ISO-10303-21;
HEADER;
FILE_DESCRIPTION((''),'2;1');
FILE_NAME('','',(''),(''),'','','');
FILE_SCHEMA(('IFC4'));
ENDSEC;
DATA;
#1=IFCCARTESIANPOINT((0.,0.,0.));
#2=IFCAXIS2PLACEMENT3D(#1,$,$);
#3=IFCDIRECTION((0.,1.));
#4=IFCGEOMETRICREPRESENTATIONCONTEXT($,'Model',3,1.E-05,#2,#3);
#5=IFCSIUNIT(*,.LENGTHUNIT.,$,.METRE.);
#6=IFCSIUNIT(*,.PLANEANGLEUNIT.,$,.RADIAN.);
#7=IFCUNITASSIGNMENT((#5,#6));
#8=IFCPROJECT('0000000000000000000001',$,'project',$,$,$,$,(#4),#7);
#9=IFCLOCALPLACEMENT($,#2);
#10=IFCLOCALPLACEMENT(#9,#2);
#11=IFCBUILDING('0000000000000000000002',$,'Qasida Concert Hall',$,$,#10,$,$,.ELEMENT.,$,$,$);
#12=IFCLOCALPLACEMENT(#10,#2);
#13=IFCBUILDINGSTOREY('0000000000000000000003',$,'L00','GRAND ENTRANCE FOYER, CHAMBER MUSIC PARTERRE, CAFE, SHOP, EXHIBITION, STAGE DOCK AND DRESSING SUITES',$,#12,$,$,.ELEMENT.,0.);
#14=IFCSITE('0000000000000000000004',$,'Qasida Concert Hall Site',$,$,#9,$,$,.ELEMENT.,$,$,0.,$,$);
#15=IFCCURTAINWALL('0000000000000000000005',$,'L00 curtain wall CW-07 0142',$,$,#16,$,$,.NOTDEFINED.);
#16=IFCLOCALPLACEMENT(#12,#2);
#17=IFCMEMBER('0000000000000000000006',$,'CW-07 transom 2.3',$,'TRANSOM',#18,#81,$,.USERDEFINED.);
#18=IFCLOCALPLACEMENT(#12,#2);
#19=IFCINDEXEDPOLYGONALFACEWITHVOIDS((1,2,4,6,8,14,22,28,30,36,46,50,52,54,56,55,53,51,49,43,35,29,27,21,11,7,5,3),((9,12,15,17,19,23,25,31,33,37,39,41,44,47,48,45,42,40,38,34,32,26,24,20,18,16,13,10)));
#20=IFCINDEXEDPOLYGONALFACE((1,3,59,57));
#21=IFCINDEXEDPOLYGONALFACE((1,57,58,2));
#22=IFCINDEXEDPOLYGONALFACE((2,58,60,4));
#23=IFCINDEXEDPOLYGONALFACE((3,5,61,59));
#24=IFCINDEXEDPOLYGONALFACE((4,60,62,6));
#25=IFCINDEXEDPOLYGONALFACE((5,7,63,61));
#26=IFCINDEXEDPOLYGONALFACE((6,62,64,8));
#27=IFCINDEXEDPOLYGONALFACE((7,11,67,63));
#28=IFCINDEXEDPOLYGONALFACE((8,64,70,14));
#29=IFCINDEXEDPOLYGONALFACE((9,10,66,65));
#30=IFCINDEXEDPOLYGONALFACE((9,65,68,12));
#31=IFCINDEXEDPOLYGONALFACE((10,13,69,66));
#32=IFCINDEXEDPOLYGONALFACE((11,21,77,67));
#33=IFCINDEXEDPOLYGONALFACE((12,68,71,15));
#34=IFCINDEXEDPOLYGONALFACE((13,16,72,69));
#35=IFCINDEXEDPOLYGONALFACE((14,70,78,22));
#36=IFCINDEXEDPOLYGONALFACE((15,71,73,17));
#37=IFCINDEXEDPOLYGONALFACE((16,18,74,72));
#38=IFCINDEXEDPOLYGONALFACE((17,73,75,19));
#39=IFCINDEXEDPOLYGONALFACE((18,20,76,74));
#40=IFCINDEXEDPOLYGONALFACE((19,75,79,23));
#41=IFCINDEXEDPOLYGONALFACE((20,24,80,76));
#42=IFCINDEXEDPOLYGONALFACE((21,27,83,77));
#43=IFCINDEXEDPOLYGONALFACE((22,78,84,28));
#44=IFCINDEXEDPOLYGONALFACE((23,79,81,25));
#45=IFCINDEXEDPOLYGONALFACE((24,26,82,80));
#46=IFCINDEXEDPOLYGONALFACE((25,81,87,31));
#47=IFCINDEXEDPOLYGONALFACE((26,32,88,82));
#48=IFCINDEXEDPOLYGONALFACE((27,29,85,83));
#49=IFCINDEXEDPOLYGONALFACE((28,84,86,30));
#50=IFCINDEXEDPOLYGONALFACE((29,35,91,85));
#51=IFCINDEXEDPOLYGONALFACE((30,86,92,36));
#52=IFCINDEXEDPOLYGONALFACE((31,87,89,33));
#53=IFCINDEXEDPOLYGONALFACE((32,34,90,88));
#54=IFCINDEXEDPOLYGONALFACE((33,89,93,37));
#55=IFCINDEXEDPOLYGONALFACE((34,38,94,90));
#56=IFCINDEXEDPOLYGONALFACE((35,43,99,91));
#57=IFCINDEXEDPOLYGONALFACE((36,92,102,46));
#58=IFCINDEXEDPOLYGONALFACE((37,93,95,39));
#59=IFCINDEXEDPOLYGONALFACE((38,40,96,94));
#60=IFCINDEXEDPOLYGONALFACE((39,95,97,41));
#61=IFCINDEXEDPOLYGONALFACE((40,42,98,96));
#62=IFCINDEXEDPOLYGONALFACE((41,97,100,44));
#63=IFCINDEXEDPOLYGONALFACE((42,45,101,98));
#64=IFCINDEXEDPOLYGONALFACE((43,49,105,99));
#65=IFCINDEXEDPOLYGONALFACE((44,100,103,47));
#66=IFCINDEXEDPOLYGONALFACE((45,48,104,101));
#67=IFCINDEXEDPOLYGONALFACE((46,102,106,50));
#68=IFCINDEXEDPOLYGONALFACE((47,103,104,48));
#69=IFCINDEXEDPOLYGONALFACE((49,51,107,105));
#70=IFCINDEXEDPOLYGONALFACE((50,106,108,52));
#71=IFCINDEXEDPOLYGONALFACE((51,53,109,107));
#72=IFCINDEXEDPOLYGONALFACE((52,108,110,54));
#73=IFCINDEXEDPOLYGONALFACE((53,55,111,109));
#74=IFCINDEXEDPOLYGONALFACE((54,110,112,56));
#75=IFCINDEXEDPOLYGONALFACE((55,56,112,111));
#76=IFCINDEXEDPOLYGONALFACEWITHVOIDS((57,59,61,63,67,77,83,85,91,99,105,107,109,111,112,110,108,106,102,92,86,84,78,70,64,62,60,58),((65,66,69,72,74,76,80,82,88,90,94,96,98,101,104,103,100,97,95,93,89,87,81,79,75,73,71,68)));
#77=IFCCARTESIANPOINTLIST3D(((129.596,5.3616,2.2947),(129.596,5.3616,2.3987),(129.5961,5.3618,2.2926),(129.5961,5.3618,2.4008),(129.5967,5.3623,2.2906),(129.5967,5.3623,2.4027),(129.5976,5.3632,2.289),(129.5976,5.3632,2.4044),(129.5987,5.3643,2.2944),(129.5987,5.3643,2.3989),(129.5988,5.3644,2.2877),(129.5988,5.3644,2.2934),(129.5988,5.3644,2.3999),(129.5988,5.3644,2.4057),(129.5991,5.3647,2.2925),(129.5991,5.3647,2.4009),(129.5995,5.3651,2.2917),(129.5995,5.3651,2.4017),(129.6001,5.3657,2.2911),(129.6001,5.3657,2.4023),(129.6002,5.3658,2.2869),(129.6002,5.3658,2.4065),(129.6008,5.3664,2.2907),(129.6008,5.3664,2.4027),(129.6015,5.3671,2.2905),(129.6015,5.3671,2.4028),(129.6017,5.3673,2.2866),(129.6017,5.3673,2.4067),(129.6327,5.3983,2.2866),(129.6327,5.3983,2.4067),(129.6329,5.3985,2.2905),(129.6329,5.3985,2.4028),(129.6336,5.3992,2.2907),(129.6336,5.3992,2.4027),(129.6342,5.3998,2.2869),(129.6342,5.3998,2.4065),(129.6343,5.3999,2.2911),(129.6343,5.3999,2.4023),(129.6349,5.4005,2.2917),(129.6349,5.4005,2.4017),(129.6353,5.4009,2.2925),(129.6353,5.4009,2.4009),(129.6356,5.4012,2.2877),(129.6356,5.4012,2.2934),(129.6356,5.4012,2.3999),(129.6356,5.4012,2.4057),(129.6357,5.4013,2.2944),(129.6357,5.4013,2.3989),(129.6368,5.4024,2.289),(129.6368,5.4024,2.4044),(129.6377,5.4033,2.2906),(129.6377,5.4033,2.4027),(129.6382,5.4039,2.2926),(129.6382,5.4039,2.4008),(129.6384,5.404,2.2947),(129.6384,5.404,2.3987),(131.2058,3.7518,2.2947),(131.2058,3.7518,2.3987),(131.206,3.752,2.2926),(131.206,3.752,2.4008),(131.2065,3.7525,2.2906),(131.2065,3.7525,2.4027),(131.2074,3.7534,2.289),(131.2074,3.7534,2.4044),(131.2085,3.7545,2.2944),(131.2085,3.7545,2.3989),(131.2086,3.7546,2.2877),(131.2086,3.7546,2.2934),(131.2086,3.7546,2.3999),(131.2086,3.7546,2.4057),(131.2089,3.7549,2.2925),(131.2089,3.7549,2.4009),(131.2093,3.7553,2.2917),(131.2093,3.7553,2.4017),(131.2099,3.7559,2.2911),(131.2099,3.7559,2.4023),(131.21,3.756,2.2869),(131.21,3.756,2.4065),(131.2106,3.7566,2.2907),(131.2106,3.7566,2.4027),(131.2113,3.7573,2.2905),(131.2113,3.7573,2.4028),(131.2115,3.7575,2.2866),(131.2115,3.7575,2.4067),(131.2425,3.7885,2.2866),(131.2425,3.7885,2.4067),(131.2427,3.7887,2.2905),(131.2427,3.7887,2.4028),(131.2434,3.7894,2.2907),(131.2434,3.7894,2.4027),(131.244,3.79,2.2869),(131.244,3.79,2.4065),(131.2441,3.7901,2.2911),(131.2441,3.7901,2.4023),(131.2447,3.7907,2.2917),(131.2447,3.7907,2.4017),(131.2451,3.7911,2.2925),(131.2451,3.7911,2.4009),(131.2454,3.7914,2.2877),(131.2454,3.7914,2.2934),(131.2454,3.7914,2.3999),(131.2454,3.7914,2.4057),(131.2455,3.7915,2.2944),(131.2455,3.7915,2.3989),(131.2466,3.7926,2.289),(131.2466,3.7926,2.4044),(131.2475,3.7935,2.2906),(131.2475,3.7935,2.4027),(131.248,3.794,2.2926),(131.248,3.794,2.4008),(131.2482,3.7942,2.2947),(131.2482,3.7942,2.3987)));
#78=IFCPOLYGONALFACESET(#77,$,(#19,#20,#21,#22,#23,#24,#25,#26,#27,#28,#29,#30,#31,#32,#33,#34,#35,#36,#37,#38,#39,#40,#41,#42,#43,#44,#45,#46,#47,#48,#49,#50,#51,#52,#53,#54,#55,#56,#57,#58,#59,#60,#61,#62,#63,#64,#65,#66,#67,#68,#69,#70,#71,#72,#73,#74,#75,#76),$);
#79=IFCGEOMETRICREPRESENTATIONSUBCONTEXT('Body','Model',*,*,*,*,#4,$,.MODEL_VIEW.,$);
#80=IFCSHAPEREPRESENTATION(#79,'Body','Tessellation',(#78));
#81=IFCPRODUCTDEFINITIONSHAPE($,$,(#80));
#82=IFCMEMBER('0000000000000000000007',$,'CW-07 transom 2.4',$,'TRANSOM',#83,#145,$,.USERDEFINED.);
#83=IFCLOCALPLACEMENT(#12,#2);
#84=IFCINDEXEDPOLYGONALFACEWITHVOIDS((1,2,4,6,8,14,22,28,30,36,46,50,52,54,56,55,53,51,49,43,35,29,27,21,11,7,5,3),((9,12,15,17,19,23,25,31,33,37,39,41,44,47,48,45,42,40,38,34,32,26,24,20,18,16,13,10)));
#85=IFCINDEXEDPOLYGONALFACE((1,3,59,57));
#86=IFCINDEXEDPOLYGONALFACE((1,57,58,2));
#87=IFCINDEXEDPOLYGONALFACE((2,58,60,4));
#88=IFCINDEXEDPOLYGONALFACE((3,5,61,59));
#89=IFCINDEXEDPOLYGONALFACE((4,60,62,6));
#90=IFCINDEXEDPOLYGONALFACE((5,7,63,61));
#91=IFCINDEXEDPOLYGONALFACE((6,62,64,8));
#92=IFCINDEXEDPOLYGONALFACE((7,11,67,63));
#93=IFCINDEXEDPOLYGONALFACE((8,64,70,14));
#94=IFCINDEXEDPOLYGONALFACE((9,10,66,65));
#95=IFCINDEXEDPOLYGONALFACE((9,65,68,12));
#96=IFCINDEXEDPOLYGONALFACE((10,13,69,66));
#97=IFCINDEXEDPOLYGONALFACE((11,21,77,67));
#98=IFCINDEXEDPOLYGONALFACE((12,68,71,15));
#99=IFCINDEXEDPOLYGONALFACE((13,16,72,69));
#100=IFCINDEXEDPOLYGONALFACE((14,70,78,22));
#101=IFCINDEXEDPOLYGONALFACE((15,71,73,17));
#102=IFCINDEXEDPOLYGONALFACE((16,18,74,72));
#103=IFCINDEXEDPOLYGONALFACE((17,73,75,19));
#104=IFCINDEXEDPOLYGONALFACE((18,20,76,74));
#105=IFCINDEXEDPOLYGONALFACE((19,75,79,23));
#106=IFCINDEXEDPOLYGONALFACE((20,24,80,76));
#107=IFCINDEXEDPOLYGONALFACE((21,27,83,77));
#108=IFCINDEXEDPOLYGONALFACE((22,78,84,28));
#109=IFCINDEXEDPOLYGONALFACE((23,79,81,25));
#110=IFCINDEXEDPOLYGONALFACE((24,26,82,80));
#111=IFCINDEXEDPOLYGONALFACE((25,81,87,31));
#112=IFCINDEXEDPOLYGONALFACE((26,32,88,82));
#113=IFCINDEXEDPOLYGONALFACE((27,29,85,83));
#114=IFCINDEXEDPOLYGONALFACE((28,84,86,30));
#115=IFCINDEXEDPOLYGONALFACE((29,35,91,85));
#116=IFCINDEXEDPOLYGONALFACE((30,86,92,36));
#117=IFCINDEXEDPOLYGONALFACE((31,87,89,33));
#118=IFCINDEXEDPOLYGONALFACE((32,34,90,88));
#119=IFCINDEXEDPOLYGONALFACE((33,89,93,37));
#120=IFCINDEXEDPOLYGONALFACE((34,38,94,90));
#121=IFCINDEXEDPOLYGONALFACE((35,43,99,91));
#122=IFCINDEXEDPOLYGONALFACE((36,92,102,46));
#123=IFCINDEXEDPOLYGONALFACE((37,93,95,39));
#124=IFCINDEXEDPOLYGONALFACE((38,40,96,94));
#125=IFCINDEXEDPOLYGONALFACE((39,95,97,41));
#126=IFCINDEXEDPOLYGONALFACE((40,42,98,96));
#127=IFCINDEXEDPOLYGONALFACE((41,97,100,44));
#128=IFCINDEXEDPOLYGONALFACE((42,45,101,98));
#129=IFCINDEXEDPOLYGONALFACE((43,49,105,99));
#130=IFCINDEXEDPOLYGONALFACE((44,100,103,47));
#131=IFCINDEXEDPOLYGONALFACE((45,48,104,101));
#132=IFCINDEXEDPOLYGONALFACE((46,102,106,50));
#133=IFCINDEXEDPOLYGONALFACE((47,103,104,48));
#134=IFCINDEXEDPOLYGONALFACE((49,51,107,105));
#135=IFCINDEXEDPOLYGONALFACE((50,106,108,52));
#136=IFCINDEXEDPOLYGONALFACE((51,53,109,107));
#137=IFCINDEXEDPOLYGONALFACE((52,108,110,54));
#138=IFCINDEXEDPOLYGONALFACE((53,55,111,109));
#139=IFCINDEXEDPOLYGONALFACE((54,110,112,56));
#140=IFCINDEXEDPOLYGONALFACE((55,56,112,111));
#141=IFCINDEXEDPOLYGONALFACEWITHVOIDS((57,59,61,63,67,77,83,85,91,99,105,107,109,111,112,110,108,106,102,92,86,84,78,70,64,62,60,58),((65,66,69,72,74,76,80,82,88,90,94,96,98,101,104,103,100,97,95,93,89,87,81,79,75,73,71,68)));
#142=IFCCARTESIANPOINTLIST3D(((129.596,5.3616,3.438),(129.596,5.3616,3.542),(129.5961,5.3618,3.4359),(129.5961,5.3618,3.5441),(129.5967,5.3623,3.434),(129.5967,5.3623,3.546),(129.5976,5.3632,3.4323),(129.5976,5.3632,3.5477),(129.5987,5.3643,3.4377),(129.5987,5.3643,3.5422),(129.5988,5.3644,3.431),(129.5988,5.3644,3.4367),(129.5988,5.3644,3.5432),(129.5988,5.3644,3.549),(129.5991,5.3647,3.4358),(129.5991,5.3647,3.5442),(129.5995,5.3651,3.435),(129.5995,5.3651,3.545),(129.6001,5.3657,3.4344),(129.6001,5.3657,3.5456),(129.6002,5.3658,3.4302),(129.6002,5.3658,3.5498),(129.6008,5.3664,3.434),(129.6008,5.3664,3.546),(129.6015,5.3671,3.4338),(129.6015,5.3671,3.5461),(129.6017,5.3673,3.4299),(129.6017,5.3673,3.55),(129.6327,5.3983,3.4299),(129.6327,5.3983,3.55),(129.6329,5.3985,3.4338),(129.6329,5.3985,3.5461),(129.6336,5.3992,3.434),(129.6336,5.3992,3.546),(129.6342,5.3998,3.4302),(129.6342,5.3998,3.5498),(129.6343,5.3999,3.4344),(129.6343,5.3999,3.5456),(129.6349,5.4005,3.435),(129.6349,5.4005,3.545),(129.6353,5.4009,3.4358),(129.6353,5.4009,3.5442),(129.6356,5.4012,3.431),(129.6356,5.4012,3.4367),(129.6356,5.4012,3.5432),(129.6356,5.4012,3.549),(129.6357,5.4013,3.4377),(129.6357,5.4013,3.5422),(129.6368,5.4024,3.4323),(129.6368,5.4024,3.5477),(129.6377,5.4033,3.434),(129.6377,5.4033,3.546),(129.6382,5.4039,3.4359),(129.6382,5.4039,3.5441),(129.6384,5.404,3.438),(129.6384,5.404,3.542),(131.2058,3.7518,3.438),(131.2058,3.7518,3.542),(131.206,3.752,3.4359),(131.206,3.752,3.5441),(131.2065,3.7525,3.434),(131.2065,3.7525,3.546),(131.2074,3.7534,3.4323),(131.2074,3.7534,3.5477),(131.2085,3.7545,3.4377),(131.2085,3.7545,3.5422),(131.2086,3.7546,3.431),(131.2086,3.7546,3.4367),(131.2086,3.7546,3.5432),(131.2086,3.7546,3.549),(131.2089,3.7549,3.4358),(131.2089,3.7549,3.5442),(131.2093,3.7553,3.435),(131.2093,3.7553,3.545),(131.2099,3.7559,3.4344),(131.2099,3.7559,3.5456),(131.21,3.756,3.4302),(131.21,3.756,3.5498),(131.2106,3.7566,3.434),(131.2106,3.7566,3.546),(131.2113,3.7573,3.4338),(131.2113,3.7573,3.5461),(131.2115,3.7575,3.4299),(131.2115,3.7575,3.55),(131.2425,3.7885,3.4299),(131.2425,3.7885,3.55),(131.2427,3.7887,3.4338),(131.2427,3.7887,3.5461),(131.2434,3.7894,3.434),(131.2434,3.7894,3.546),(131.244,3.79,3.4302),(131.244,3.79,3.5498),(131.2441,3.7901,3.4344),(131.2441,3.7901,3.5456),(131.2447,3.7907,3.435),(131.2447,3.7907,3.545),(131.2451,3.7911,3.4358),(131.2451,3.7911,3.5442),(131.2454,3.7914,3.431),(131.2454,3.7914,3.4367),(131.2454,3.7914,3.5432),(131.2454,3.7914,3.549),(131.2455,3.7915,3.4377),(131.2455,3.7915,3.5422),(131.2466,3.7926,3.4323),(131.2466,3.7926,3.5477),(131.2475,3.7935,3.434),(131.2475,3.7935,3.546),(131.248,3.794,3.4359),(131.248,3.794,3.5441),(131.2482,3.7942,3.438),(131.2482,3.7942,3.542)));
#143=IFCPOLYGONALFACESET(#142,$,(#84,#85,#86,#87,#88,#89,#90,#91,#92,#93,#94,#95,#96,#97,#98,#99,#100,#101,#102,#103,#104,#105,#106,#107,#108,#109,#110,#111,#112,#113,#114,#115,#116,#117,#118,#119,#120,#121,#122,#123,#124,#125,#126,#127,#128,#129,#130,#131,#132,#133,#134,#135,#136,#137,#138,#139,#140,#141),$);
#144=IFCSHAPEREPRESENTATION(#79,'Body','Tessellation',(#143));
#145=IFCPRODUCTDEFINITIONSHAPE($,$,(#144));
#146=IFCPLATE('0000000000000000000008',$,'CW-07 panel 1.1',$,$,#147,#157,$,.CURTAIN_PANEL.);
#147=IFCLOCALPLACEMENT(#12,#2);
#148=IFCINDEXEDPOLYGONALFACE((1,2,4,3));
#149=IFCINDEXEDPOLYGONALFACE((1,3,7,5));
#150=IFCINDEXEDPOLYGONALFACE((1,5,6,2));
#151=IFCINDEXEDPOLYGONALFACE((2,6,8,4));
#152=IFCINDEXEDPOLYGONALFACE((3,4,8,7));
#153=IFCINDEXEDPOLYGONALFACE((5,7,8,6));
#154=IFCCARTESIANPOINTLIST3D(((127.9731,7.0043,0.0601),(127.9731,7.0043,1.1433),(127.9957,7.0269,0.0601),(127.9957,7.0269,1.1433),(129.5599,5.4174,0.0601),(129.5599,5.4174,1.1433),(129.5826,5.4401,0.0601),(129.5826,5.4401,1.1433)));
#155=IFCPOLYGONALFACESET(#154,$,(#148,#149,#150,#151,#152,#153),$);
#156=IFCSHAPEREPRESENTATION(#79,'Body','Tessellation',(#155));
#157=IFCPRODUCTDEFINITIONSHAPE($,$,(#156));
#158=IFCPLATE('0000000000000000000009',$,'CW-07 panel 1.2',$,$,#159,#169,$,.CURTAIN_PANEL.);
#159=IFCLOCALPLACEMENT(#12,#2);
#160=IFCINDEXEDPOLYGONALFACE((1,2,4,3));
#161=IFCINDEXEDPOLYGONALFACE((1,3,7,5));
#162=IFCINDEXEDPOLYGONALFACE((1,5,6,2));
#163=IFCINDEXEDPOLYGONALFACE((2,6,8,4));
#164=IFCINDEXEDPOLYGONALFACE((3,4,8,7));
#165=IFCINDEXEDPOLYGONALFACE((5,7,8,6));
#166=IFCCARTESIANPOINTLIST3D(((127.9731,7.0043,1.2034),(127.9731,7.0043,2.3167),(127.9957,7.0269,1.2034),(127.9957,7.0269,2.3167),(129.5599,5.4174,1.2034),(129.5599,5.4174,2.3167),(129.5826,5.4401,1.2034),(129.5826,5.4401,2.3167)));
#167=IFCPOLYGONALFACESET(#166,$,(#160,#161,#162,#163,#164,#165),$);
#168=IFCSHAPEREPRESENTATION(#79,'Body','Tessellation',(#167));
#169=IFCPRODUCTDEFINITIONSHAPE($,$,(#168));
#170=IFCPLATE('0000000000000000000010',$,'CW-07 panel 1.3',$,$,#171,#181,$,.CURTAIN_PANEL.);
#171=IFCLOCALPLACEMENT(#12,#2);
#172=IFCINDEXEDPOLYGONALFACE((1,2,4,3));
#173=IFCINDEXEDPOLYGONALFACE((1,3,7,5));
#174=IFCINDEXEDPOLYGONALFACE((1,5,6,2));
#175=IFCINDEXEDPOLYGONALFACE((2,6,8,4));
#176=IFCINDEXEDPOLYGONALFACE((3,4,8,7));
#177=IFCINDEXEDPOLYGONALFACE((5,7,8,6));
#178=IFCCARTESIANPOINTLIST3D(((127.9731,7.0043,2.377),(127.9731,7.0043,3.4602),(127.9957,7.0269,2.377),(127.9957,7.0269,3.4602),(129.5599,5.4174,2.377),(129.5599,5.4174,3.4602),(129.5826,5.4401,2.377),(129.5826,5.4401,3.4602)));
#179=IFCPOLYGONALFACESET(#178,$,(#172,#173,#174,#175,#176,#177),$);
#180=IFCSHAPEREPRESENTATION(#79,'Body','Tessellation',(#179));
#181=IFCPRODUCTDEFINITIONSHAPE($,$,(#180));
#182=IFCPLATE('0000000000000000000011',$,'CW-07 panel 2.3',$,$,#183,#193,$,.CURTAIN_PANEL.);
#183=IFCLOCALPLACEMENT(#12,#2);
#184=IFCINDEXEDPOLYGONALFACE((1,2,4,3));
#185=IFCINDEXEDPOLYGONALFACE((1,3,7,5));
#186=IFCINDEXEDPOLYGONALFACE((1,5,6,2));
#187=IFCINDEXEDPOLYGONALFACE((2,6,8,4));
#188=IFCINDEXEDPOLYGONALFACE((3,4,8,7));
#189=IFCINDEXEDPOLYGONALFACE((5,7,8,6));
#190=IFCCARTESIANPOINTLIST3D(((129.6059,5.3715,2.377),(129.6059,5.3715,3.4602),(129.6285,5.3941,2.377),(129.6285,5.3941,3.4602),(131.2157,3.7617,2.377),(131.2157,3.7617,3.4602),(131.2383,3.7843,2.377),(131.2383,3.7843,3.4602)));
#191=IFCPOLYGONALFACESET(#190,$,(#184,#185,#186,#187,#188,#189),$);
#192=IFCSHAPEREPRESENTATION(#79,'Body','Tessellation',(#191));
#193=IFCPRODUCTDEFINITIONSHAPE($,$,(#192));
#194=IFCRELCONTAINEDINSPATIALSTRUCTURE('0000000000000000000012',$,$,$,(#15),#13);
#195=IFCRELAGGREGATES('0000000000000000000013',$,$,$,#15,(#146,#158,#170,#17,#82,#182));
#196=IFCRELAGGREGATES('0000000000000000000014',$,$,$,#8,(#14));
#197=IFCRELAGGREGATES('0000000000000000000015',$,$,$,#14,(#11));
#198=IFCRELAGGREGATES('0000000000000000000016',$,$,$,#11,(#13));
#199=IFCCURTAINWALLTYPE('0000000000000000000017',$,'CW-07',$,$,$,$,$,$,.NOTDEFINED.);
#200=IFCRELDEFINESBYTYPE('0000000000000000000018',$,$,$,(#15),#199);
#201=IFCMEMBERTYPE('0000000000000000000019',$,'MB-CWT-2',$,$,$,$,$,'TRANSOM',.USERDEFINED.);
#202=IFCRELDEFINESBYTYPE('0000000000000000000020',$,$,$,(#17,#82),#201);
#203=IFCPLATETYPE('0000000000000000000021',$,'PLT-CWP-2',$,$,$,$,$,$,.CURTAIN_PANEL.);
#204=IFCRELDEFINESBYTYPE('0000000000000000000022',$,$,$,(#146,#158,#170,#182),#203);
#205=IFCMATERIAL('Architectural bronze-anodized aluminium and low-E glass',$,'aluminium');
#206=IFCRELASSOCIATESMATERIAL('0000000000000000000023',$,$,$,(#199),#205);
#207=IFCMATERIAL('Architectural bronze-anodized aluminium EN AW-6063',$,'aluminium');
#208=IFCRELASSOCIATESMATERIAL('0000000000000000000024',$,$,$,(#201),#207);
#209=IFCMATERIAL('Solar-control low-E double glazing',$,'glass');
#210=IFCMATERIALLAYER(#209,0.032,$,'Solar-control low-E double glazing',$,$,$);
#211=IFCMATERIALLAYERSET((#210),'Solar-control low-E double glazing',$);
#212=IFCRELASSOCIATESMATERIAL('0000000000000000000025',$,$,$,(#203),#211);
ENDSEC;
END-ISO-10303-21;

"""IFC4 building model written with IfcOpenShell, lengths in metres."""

from ifc_helpers import new_model, si_unit, direction, frame, origin, origin_2d, place, context, subcontext, project, spatial, rectangle, hollow_rectangle, extrude, material, layer, layer_set, material_profile, profile_set, type_object, element, aggregate, save


model = new_model("IFC4")

# Units and contexts
model_context = context("Model", 3, precision=1e-05, world=origin(), true_north=direction((0.0, 1.0)))
body_context = subcontext(model_context, "Body", "Model", "MODEL_VIEW")
ifc_project = project(units=[si_unit("LENGTHUNIT", "METRE"), si_unit("PLANEANGLEUNIT", "RADIAN")], contexts=[model_context])

# Site, building, storey
site_placement = place(None, origin())
site = spatial("IfcSite", under=ifc_project, at=site_placement, Name="Qasida Concert Hall Site", CompositionType="ELEMENT", RefElevation=0.0)
building_placement = place(site_placement, origin())
building = spatial("IfcBuilding", under=site, at=building_placement, Name="Qasida Concert Hall", CompositionType="ELEMENT")
storey_placement = place(building_placement, origin())
storey = spatial("IfcBuildingStorey", under=building, at=storey_placement, Name="L00", Description="GRAND ENTRANCE FOYER, CHAMBER MUSIC PARTERRE, CAFE, SHOP, EXHIBITION, STAGE DOCK AND DRESSING SUITES", CompositionType="ELEMENT", Elevation=0.0)

# Curtain wall, members, plates
ifc_material_1 = material(Name="Architectural bronze-anodized aluminium and low-E glass", Category="aluminium")
curtain_wall_type = type_object("IfcCurtainWallType", Name="CW-07", PredefinedType="NOTDEFINED", material=ifc_material_1)
curtain_wall_placement = place(storey_placement, origin())
curtain_wall = element("IfcCurtainWall", 1, at=curtain_wall_placement, inside=storey, type_object=curtain_wall_type, Name="L00 curtain wall CW-07 0142", PredefinedType="NOTDEFINED")
ifc_material_2 = material(Name="Architectural bronze-anodized aluminium EN AW-6063", Category="aluminium")
ifc_material_profile_1 = material_profile(ifc_material_2, hollow_rectangle(XDim=0.0601, YDim=0.1201, WallThickness=0.0039, InnerFilletRadius=0.0039, OuterFilletRadius=0.0081, at=origin_2d()), Name="CWT 120x60x4")
ifc_profile_set_1 = profile_set([ifc_material_profile_1], Name="Architectural bronze-anodized aluminium EN AW-6063")
member_type_1 = type_object("IfcMemberType", Name="MB-CWT-2", ElementType="TRANSOM", PredefinedType="USERDEFINED", material=ifc_profile_set_1)
member_1_placement = place(storey_placement, frame((129.6172, 5.3828, 2.3467), z_axis=(0.707107, -0.707107, 0.0), x_axis=(0.707107, 0.707107, 0.0)))
member_1 = element("IfcMember", 2, at=member_1_placement, type_object=member_type_1, Name="CW-07 transom 2.3", ObjectType="TRANSOM", PredefinedType="USERDEFINED", context=body_context, shape_type="SweptSolid", body=[
    extrude(hollow_rectangle(XDim=0.0601, YDim=0.1201, WallThickness=0.0039, InnerFilletRadius=0.0039, OuterFilletRadius=0.0081, at=origin_2d()), origin(), (0.0, 0.0, 1.0), 2.2766),
])
member_2_placement = place(storey_placement, frame((129.6172, 5.3828, 3.49), z_axis=(0.707107, -0.707107, 0.0), x_axis=(0.707107, 0.707107, 0.0)))
member_2 = element("IfcMember", 3, at=member_2_placement, type_object=member_type_1, Name="CW-07 transom 2.4", ObjectType="TRANSOM", PredefinedType="USERDEFINED", context=body_context, shape_type="SweptSolid", body=[
    extrude(hollow_rectangle(XDim=0.0601, YDim=0.1201, WallThickness=0.0039, InnerFilletRadius=0.0039, OuterFilletRadius=0.0081, at=origin_2d()), origin(), (0.0, 0.0, 1.0), 2.2766),
])
ifc_material_3 = material(Name="Solar-control low-E double glazing", Category="glass")
ifc_layer_1 = layer(ifc_material_3, 0.032, Name="Solar-control low-E double glazing")
ifc_layer_set_1 = layer_set([ifc_layer_1], Name="Solar-control low-E double glazing")
plate_type = type_object("IfcPlateType", Name="PLT-CWP-2", PredefinedType="CURTAIN_PANEL", material=ifc_layer_set_1)
plate_1_placement = place(storey_placement, frame((128.7778, 6.2222, 0.0601), z_axis=(0.0, 0.0, 1.0), x_axis=(0.707107, -0.707107, 0.0)))
plate_1 = element("IfcPlate", 4, at=plate_1_placement, type_object=plate_type, Name="CW-07 panel 1.1", PredefinedType="CURTAIN_PANEL", context=body_context, shape_type="SweptSolid", body=[
    extrude(rectangle(XDim=2.2441, YDim=0.032, at=origin_2d()), origin(), (0.0, 0.0, 1.0), 1.0833),
])
plate_2_placement = place(storey_placement, frame((128.7778, 6.2222, 1.2034), z_axis=(0.0, 0.0, 1.0), x_axis=(0.707107, -0.707107, 0.0)))
plate_2 = element("IfcPlate", 5, at=plate_2_placement, type_object=plate_type, Name="CW-07 panel 1.2", PredefinedType="CURTAIN_PANEL", context=body_context, shape_type="SweptSolid", body=[
    extrude(rectangle(XDim=2.2441, YDim=0.032, at=origin_2d()), origin(), (0.0, 0.0, 1.0), 1.1133),
])
plate_3_placement = place(storey_placement, frame((128.7778, 6.2222, 2.377), z_axis=(0.0, 0.0, 1.0), x_axis=(0.707107, -0.707107, 0.0)))
plate_3 = element("IfcPlate", 6, at=plate_3_placement, type_object=plate_type, Name="CW-07 panel 1.3", PredefinedType="CURTAIN_PANEL", context=body_context, shape_type="SweptSolid", body=[
    extrude(rectangle(XDim=2.2441, YDim=0.032, at=origin_2d()), origin(), (0.0, 0.0, 1.0), 1.0833),
])
plate_4_placement = place(storey_placement, frame((130.4221, 4.5779, 2.377), z_axis=(0.0, 0.0, 1.0), x_axis=(0.707107, -0.707107, 0.0)))
plate_4 = element("IfcPlate", 7, at=plate_4_placement, type_object=plate_type, Name="CW-07 panel 2.3", PredefinedType="CURTAIN_PANEL", context=body_context, shape_type="SweptSolid", body=[
    extrude(rectangle(XDim=2.2766, YDim=0.032, at=origin_2d()), origin(), (0.0, 0.0, 1.0), 1.0833),
])
aggregate(curtain_wall, [plate_1, plate_2, plate_3, member_1, member_2, plate_4])

save(model, "model.ifc")
